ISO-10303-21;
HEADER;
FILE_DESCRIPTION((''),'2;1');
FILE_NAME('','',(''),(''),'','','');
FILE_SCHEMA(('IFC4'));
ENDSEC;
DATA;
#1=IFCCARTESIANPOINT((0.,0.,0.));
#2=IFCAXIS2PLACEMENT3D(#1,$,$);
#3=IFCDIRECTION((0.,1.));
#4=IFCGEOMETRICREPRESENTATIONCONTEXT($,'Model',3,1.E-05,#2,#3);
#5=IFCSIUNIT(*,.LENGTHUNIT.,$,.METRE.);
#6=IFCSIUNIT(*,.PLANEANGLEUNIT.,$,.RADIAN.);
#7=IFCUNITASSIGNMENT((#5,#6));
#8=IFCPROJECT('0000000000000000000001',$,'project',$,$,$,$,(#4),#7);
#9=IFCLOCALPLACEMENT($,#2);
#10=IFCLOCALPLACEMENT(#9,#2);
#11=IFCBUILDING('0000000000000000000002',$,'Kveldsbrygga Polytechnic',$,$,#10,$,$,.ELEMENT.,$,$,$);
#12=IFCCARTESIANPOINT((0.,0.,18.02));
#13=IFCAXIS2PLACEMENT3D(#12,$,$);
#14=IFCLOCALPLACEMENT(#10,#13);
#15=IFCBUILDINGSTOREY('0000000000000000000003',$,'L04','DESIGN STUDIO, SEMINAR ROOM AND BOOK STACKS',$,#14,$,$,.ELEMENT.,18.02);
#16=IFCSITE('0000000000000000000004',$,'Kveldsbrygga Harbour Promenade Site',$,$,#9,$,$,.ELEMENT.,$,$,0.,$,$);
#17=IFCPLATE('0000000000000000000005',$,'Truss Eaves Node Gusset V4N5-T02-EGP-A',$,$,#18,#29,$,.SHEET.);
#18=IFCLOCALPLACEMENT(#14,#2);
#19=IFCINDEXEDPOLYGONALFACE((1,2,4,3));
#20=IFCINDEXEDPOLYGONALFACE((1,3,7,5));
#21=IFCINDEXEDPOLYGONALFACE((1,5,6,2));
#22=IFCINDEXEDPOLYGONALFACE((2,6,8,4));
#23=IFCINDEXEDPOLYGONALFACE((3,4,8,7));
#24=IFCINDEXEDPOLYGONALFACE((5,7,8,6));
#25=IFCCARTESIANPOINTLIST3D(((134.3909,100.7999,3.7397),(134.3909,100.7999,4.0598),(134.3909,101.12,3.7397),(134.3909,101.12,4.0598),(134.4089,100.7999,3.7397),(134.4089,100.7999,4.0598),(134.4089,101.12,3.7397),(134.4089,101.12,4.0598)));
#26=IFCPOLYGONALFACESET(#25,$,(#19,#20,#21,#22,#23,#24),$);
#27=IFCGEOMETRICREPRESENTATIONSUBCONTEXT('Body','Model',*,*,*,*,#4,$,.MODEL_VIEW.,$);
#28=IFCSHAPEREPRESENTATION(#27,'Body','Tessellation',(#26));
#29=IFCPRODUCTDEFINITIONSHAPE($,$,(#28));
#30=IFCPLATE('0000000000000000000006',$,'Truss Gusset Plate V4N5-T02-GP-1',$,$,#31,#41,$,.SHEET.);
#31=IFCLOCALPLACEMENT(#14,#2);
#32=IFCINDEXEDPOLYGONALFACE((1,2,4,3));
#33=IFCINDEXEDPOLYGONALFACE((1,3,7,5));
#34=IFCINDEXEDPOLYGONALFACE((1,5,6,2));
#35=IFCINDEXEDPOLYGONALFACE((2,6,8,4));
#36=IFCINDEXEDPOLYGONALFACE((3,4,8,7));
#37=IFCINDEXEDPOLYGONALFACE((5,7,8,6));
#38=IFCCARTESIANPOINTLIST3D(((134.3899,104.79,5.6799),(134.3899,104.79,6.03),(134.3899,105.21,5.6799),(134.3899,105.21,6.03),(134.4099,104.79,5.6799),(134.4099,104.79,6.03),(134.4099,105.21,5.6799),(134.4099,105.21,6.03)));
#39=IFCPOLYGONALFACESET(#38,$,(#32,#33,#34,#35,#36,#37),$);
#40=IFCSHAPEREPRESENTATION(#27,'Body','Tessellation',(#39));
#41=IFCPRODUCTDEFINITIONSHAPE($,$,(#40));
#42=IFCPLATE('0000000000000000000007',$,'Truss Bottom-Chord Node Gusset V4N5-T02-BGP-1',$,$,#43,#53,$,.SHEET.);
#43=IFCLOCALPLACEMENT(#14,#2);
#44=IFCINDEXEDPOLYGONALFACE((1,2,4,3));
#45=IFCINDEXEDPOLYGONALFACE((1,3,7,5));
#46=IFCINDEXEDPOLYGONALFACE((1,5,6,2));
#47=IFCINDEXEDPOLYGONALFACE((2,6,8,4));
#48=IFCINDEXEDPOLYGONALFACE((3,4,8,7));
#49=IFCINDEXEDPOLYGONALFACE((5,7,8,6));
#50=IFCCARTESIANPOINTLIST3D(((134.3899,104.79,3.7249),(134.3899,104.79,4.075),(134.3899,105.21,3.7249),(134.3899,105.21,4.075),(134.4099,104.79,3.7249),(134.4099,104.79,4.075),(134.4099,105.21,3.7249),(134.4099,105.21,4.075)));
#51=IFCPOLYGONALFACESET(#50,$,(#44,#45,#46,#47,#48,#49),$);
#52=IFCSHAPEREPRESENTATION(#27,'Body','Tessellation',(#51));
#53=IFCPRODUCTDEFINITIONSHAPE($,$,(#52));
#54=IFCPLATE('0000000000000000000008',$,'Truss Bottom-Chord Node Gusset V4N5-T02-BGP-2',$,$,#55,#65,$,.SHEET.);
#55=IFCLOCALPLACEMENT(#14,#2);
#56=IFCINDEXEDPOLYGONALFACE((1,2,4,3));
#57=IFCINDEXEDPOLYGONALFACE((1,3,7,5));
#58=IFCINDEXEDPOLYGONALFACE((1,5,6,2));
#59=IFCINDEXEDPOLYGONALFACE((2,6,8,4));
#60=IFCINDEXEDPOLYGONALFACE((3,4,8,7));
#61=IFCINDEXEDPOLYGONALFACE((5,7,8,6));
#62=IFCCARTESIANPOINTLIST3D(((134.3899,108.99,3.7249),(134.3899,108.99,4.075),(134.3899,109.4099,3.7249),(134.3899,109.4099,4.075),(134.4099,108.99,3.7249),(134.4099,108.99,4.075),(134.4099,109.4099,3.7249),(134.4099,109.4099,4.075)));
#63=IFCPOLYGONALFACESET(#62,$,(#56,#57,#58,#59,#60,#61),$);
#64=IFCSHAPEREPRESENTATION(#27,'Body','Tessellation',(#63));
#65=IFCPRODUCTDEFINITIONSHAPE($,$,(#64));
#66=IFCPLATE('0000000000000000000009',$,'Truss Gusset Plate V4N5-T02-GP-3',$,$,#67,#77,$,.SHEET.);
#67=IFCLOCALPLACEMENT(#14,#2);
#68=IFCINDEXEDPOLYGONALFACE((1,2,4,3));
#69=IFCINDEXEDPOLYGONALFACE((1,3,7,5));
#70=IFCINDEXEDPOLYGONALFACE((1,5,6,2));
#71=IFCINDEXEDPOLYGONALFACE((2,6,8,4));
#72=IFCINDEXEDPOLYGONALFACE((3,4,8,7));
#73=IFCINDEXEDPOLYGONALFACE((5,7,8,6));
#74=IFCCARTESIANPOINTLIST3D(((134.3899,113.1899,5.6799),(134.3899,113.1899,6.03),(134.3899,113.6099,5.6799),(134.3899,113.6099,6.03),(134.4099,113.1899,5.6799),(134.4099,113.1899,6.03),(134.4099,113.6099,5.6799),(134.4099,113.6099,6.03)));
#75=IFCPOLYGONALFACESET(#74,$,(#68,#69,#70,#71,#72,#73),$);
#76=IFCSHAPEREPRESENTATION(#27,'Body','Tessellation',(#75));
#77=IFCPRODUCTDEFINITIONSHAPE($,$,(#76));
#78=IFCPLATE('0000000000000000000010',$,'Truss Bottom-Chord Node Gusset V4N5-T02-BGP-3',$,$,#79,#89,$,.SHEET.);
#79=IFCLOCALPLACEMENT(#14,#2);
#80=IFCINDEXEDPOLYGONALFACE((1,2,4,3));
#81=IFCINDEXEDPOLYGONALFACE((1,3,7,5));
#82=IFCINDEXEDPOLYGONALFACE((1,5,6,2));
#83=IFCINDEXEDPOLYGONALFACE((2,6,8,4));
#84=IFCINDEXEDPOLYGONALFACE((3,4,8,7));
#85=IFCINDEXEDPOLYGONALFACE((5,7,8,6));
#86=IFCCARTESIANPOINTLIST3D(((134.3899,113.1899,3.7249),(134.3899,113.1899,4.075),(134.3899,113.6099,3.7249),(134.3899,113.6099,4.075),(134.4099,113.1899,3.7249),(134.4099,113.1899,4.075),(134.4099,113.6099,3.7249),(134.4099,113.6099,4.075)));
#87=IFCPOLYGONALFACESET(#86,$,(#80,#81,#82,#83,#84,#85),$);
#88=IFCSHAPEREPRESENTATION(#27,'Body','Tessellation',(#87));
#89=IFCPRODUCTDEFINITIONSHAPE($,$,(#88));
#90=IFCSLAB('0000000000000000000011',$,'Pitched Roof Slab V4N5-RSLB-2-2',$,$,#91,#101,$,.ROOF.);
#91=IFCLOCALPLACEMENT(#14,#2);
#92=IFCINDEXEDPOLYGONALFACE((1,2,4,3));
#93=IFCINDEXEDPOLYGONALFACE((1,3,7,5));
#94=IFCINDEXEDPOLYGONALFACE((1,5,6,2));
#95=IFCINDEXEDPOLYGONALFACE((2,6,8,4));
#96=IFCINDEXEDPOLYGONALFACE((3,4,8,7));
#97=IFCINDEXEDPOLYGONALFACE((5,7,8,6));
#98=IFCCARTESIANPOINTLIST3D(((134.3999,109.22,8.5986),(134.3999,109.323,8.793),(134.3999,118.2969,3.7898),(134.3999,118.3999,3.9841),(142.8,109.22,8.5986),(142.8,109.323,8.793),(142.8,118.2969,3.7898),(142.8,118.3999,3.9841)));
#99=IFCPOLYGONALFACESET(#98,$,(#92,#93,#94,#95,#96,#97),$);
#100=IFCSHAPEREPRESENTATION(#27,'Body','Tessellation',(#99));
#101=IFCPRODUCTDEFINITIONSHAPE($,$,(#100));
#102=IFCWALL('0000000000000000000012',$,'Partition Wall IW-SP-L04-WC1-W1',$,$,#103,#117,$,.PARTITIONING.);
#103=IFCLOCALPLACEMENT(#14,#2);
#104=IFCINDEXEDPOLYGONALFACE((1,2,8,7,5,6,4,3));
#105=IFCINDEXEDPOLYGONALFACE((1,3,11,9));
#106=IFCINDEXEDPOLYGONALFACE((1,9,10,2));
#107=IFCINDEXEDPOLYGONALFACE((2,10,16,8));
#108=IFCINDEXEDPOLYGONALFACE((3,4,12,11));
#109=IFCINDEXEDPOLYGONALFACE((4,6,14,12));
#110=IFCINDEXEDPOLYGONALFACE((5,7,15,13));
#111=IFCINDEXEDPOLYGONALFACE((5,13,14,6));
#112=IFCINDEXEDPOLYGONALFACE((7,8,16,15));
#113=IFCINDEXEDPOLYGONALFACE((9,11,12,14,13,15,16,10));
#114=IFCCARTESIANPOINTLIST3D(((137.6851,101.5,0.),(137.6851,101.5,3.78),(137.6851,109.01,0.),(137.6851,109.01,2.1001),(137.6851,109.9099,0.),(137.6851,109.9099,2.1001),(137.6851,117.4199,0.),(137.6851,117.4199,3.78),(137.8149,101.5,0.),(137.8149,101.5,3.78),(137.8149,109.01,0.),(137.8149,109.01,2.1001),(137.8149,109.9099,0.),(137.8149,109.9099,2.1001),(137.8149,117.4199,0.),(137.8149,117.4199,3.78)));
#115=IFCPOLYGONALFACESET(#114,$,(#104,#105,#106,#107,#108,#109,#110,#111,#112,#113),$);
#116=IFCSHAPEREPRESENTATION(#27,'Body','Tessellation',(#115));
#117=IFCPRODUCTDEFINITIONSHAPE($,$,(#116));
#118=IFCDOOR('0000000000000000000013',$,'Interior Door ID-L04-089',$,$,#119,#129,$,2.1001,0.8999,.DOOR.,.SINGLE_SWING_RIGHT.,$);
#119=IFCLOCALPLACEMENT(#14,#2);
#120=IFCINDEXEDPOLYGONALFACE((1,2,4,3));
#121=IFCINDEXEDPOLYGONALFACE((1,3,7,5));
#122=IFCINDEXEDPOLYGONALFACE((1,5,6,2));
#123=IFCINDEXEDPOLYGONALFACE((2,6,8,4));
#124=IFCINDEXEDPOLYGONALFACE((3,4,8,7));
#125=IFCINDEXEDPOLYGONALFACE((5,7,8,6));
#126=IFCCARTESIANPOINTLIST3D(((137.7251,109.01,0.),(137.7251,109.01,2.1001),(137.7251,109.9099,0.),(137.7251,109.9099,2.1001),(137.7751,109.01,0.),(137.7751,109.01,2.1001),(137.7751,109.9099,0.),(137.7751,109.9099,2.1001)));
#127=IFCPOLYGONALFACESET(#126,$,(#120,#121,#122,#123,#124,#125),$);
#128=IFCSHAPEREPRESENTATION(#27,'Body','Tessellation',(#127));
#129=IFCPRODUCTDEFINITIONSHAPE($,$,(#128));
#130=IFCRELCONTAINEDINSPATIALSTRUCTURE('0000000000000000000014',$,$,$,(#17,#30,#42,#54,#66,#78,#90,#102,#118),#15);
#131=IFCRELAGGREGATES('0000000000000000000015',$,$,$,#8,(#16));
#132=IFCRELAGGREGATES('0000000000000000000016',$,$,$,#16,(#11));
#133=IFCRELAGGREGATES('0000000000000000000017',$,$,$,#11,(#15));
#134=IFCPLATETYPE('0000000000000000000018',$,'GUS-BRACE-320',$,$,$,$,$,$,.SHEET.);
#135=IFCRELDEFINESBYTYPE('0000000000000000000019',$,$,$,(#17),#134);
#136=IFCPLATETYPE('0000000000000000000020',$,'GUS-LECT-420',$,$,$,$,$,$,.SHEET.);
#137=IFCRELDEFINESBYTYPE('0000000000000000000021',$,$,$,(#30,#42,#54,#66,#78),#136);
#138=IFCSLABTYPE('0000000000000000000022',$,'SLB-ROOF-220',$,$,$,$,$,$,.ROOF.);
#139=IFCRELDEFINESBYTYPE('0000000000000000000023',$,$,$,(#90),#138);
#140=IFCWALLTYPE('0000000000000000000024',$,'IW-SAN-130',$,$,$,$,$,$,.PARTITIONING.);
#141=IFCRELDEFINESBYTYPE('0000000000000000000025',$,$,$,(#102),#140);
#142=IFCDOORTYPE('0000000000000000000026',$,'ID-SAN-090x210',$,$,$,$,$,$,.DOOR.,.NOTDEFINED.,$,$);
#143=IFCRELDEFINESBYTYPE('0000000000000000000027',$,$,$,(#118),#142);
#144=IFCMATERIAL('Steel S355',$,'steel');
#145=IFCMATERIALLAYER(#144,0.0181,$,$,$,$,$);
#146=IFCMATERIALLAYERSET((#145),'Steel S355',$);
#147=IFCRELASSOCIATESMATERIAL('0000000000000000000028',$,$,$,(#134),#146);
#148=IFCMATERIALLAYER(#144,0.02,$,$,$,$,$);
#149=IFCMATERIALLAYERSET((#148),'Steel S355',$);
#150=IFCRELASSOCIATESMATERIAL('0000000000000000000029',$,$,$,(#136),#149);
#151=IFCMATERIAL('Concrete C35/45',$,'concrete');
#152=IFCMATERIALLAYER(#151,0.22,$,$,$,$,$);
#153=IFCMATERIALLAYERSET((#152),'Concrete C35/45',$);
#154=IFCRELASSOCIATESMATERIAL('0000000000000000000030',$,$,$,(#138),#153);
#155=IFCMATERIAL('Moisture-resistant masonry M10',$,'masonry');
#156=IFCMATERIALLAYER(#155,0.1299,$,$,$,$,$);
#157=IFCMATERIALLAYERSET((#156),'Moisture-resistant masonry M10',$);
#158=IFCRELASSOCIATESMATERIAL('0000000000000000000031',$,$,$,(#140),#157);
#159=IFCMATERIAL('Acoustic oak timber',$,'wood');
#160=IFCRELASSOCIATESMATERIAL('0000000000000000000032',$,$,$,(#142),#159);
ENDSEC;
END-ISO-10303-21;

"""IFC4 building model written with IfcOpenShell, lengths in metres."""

from ifc_helpers import new_model, si_unit, direction, frame, frame_2d, origin, origin_2d, place, context, subcontext, project, spatial, polyline, rectangle, outline, extrude, material, layer, layer_set, type_object, element, fill, save


model = new_model("IFC4")

# Units and contexts
model_context = context("Model", 3, precision=1e-05, world=origin(), true_north=direction((0.0, 1.0)))
body_context = subcontext(model_context, "Body", "Model", "MODEL_VIEW")
ifc_project = project(units=[si_unit("LENGTHUNIT", "METRE"), si_unit("PLANEANGLEUNIT", "RADIAN")], contexts=[model_context])

# Site, building, storey
site_placement = place(None, origin())
site = spatial("IfcSite", under=ifc_project, at=site_placement, Name="Kveldsbrygga Harbour Promenade Site", CompositionType="ELEMENT", RefElevation=0.0)
building_placement = place(site_placement, origin())
building = spatial("IfcBuilding", under=site, at=building_placement, Name="Kveldsbrygga Polytechnic", CompositionType="ELEMENT")
storey_placement = place(building_placement, frame((0.0, 0.0, 18.02)))
storey = spatial("IfcBuildingStorey", under=building, at=storey_placement, Name="L04", Description="DESIGN STUDIO, SEMINAR ROOM AND BOOK STACKS", CompositionType="ELEMENT", Elevation=18.02)

# Shared definitions
ifc_material_1 = material(Name="Steel S355", Category="steel")

# Plates
ifc_layer_1 = layer(ifc_material_1, 0.0181)
ifc_layer_set_1 = layer_set([ifc_layer_1], Name="Steel S355")
plate_type_1 = type_object("IfcPlateType", Name="GUS-BRACE-320", PredefinedType="SHEET", material=ifc_layer_set_1)
plate_1_placement = place(storey_placement, frame((134.3999, 100.96, 3.7397), z_axis=(0.0, 0.0, 1.0), x_axis=(1.0, 0.0, 0.0)))
element("IfcPlate", 1, at=plate_1_placement, inside=storey, type_object=plate_type_1, Name="Truss Eaves Node Gusset V4N5-T02-EGP-A", PredefinedType="SHEET", context=body_context, shape_type="SweptSolid", body=[
    extrude(rectangle(XDim=0.0181, YDim=0.3201, at=origin_2d()), origin(), (0.0, 0.0, 1.0), 0.3201),
])
ifc_layer_2 = layer(ifc_material_1, 0.02)
ifc_layer_set_2 = layer_set([ifc_layer_2], Name="Steel S355")
plate_type_2 = type_object("IfcPlateType", Name="GUS-LECT-420", PredefinedType="SHEET", material=ifc_layer_set_2)
for number, where, z_axis, x_axis, name in (
    (2, (134.3999, 105.0, 5.6799), (0.0, 0.0, 1.0), (1.0, 0.0, 0.0), "Truss Gusset Plate V4N5-T02-GP-1"),
    (3, (134.3999, 105.0, 3.7249), (0.0, 0.0, 1.0), (1.0, 0.0, 0.0), "Truss Bottom-Chord Node Gusset V4N5-T02-BGP-1"),
    (4, (134.3999, 109.2, 3.7249), (0.0, 0.0, 1.0), (1.0, 0.0, 0.0), "Truss Bottom-Chord Node Gusset V4N5-T02-BGP-2"),
    (5, (134.3999, 113.3999, 5.6799), (0.0, 0.0, 1.0), (1.0, 0.0, 0.0), "Truss Gusset Plate V4N5-T02-GP-3"),
    (6, (134.3999, 113.3999, 3.7249), (0.0, 0.0, 1.0), (1.0, 0.0, 0.0), "Truss Bottom-Chord Node Gusset V4N5-T02-BGP-3"),
):
    element("IfcPlate", number, at=place(storey_placement, frame(where, z_axis=z_axis, x_axis=x_axis)), inside=storey, type_object=plate_type_2, Name=name, PredefinedType="SHEET", context=body_context, shape_type="SweptSolid", body=[
        extrude(rectangle(XDim=0.02, YDim=0.4199, at=origin_2d()), origin(), (0.0, 0.0, 1.0), 0.3501),
    ])

# Slab
ifc_material_2 = material(Name="Concrete C35/45", Category="concrete")
ifc_layer_3 = layer(ifc_material_2, 0.22)
ifc_layer_set_3 = layer_set([ifc_layer_3], Name="Concrete C35/45")
slab_type = type_object("IfcSlabType", Name="SLB-ROOF-220", PredefinedType="ROOF", material=ifc_layer_set_3)
slab_placement = place(storey_placement, frame((134.3999, 109.323, 8.793), z_axis=(0.0, 0.468148, 0.88365), x_axis=(1.0, 0.0, 0.0)))
element("IfcSlab", 7, at=slab_placement, inside=storey, type_object=slab_type, Name="Pitched Roof Slab V4N5-RSLB-2-2", PredefinedType="ROOF", context=body_context, shape_type="SweptSolid", body=[
    extrude(outline(polyline([(0.0, 0.0), (8.4001, 0.0), (8.4001, 10.2721), (0.0, 10.2721), (0.0, 0.0)])), origin(), (0.0, 0.0, -1.0), 0.22),
])

# Wall, opening, door
ifc_material_3 = material(Name="Moisture-resistant masonry M10", Category="masonry")
ifc_layer_4 = layer(ifc_material_3, 0.1299)
ifc_layer_set_4 = layer_set([ifc_layer_4], Name="Moisture-resistant masonry M10")
wall_type = type_object("IfcWallType", Name="IW-SAN-130", PredefinedType="PARTITIONING", material=ifc_layer_set_4)
wall_placement = place(storey_placement, frame((137.75, 101.5, 0.0), z_axis=(0.0, 0.0, 1.0), x_axis=(0.0, 1.0, 0.0)))
wall = element("IfcWall", 8, at=wall_placement, inside=storey, type_object=wall_type, Name="Partition Wall IW-SP-L04-WC1-W1", PredefinedType="PARTITIONING", context=body_context, shape_type="SweptSolid", body=[
    extrude(rectangle(XDim=15.9199, YDim=0.1299, at=frame_2d((7.96, 0.0))), origin(), (0.0, 0.0, 1.0), 3.78),
])
opening_placement = place(wall_placement, frame((7.51, 0.0, 0.0)))
opening = element("IfcOpeningElement", 9, at=opening_placement, cuts=wall, PredefinedType="OPENING", context=body_context, shape_type="SweptSolid", body=[
    extrude(rectangle(XDim=0.8999, YDim=2.1001, at=frame_2d((0.45, 1.05))), frame((0.0, 0.075, 0.0), z_axis=(0.0, -1.0, 0.0), x_axis=(1.0, 0.0, 0.0)), (0.0, 0.0, 1.0), 0.1499),
])
ifc_material_4 = material(Name="Acoustic oak timber", Category="wood")
door_type = type_object("IfcDoorType", Name="ID-SAN-090x210", OperationType="NOTDEFINED", PredefinedType="DOOR", material=ifc_material_4)
door_placement = place(opening_placement, origin())
door = element("IfcDoor", 10, at=door_placement, inside=storey, type_object=door_type, Name="Interior Door ID-L04-089", OperationType="SINGLE_SWING_RIGHT", OverallHeight=2.1001, OverallWidth=0.8999, PredefinedType="DOOR", context=body_context, shape_type="SweptSolid", body=[
    extrude(rectangle(XDim=0.8999, YDim=2.1001, at=frame_2d((0.45, 1.05))), frame((0.0, 0.0249, 0.0), z_axis=(0.0, -1.0, 0.0), x_axis=(1.0, 0.0, 0.0)), (0.0, 0.0, 1.0), 0.05),
])
fill(opening, door)

save(model, "model.ifc")
